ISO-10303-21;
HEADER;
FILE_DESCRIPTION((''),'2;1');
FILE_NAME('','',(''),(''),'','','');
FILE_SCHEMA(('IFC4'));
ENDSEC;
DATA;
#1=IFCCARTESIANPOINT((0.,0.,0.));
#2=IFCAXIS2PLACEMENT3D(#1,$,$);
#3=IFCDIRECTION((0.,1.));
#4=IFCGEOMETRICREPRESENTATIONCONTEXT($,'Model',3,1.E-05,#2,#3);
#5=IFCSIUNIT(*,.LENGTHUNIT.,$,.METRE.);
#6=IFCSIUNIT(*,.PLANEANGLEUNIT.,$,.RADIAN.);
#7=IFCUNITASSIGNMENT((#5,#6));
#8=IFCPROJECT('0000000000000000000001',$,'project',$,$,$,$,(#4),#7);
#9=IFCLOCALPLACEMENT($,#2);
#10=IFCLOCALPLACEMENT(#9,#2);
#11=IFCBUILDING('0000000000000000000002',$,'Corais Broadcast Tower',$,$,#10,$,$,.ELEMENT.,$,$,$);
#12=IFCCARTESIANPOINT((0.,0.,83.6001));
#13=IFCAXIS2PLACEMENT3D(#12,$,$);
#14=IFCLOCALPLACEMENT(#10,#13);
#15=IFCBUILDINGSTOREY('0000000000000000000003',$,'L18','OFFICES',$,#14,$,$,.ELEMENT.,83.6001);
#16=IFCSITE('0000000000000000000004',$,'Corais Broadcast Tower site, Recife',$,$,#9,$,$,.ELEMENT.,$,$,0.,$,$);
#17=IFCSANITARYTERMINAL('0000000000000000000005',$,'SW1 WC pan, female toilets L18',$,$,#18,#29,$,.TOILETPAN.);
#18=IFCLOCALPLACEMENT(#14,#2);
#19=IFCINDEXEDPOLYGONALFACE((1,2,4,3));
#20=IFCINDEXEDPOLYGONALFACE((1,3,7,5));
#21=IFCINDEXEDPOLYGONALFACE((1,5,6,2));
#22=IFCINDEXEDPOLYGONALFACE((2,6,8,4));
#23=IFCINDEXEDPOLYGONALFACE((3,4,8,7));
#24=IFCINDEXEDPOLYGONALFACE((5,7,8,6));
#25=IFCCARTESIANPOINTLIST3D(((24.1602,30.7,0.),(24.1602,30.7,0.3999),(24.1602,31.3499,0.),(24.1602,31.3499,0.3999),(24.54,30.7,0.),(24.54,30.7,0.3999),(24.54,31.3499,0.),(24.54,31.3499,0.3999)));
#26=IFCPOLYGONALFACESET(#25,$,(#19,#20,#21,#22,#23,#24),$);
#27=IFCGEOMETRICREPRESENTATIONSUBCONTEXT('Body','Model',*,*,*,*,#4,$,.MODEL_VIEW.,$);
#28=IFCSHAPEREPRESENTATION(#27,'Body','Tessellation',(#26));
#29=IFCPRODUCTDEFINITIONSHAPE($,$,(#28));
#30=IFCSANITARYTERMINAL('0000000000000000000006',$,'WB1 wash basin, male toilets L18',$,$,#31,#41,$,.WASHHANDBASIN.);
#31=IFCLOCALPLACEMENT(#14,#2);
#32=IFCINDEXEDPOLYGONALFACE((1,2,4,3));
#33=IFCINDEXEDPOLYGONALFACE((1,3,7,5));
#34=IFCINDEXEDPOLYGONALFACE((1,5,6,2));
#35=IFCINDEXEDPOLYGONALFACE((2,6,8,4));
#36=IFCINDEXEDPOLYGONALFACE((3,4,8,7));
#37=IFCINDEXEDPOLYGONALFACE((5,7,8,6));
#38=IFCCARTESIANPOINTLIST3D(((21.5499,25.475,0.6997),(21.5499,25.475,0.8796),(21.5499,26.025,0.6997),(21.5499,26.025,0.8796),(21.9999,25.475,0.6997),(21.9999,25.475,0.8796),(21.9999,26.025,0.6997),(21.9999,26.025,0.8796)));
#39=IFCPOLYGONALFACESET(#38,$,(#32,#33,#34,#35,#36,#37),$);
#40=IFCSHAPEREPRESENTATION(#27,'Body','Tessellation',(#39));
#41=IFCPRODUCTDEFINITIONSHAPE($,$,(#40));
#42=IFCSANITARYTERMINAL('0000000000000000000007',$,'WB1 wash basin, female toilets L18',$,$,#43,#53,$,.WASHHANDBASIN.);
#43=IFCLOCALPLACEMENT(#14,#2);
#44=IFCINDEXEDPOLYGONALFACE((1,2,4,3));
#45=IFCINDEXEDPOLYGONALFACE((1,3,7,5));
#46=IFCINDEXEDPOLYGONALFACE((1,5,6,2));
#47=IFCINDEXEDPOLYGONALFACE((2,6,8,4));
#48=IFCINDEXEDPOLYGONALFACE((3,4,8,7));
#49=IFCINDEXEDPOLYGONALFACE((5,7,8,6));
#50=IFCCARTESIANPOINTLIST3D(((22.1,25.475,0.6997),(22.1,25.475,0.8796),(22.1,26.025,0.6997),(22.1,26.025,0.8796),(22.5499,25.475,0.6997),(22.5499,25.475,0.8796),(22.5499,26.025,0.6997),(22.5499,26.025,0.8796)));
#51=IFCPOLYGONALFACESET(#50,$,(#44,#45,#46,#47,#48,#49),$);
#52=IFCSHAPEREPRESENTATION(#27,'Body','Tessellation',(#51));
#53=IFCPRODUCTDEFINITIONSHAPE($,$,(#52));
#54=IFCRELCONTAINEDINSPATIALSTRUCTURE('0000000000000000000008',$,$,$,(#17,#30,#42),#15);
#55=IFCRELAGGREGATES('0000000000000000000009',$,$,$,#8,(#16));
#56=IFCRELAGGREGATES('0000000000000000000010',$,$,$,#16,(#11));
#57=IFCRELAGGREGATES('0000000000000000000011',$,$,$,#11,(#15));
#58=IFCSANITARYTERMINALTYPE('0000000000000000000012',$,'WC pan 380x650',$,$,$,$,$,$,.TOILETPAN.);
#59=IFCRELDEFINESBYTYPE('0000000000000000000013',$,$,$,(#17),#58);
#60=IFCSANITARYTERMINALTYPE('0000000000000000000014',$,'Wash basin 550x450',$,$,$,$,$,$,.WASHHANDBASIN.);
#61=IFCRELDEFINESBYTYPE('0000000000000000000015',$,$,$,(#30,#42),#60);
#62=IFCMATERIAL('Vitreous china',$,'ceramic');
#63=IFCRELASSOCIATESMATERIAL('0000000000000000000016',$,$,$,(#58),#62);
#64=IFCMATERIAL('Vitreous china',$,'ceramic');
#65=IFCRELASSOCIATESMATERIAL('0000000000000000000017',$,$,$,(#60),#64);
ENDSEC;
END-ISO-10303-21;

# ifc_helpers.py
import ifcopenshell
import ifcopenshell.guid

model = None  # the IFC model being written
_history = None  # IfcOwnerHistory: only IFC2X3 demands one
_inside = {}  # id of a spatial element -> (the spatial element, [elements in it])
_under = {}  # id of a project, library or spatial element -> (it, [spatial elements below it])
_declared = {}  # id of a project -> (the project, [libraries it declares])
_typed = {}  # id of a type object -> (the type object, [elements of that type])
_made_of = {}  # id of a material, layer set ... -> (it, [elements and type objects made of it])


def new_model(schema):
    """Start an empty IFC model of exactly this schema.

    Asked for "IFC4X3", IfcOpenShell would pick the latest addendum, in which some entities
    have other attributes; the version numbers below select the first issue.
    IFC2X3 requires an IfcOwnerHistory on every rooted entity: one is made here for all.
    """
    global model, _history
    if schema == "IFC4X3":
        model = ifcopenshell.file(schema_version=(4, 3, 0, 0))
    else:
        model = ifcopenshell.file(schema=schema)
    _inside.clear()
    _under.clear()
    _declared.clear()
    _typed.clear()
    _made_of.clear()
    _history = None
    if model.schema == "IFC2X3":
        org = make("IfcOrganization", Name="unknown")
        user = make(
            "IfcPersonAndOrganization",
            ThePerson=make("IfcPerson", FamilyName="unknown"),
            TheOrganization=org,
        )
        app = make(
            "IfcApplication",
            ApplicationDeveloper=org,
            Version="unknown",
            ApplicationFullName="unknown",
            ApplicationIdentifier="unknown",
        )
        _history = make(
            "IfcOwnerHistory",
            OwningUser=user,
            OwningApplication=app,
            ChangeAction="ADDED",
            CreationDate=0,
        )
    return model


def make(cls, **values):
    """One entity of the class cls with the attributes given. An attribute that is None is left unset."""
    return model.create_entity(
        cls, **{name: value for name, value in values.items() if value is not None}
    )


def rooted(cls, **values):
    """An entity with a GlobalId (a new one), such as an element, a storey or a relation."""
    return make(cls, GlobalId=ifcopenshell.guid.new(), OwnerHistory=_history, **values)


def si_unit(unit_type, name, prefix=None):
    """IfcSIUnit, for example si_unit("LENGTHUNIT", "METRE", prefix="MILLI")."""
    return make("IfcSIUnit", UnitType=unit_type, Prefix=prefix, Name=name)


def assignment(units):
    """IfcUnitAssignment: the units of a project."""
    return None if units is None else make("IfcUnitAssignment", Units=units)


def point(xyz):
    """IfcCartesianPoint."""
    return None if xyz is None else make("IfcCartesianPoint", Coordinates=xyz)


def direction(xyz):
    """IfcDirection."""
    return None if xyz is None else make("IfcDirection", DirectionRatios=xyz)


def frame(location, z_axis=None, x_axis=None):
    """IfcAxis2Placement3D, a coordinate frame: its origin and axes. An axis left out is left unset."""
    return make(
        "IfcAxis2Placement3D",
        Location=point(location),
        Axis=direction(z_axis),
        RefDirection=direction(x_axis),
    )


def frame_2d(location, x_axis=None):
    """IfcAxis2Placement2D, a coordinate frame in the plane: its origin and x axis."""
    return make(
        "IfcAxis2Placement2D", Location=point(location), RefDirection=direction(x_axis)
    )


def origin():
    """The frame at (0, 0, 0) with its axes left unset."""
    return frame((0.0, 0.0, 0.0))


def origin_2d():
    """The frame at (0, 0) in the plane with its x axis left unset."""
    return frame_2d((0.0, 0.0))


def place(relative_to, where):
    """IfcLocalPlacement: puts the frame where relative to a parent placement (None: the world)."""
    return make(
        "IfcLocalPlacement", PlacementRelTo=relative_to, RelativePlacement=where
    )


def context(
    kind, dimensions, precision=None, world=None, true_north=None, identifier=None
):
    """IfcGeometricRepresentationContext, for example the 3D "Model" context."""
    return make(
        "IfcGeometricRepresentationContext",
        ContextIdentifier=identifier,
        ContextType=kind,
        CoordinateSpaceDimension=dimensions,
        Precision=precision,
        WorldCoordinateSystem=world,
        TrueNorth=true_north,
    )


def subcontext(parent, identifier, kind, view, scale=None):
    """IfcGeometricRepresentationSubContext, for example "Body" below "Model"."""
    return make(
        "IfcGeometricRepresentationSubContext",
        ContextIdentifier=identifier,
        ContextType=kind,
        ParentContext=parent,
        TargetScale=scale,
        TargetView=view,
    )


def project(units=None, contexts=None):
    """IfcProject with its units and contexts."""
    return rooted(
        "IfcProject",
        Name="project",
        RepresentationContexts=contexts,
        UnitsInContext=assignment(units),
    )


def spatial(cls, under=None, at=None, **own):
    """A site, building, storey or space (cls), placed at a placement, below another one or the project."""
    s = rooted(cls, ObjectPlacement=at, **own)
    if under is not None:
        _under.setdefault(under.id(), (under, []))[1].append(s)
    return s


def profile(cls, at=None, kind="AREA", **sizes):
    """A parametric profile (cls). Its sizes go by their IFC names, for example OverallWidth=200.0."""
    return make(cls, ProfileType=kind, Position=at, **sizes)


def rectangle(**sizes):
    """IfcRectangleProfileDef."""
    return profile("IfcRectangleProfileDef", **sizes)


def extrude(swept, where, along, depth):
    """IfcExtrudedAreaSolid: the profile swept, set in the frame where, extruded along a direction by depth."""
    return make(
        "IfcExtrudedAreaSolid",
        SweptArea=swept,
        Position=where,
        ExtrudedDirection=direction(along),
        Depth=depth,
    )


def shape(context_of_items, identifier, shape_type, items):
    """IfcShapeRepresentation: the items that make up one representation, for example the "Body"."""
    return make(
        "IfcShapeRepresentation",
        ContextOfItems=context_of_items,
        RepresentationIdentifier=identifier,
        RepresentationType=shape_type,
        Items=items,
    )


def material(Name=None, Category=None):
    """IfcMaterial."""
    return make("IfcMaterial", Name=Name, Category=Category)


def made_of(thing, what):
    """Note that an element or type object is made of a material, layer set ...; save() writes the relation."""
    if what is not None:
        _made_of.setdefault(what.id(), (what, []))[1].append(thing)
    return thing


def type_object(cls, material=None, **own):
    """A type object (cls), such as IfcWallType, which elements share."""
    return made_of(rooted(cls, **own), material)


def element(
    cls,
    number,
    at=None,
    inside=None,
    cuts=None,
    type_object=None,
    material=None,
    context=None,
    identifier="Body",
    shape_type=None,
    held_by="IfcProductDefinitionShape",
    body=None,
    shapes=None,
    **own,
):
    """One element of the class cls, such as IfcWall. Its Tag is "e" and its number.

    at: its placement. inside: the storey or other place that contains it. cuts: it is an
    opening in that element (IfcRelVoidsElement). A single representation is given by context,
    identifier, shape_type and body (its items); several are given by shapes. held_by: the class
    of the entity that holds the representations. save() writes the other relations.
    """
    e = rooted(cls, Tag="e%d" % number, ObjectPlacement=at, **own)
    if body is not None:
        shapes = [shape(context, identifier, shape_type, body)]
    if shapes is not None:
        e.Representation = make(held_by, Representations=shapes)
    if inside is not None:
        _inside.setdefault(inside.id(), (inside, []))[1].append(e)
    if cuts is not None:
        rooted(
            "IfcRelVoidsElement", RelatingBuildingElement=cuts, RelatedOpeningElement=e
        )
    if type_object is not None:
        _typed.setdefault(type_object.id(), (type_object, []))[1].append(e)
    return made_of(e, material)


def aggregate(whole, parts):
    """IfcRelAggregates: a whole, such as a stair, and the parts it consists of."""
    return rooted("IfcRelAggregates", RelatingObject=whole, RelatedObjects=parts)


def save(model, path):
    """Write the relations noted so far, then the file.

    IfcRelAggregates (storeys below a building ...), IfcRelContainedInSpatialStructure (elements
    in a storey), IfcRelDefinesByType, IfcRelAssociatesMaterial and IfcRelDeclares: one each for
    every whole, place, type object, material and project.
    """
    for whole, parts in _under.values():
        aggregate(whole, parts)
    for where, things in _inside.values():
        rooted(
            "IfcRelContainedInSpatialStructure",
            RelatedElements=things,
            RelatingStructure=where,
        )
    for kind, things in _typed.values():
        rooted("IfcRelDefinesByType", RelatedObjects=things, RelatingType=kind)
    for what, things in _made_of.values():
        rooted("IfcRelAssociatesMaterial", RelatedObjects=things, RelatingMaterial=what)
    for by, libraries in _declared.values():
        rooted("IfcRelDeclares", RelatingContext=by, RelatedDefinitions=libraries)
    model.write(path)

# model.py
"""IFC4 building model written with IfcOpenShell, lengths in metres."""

from ifc_helpers import new_model, si_unit, direction, frame, origin, origin_2d, place, context, subcontext, project, spatial, rectangle, extrude, material, type_object, element, save


model = new_model("IFC4")

# Units and contexts
model_context = context("Model", 3, precision=1e-05, world=origin(), true_north=direction((0.0, 1.0)))
body_context = subcontext(model_context, "Body", "Model", "MODEL_VIEW")
ifc_project = project(units=[si_unit("LENGTHUNIT", "METRE"), si_unit("PLANEANGLEUNIT", "RADIAN")], contexts=[model_context])

# Site, building, storey
site_placement = place(None, origin())
site = spatial("IfcSite", under=ifc_project, at=site_placement, Name="Corais Broadcast Tower site, Recife", CompositionType="ELEMENT", RefElevation=0.0)
building_placement = place(site_placement, origin())
building = spatial("IfcBuilding", under=site, at=building_placement, Name="Corais Broadcast Tower", CompositionType="ELEMENT")
storey_placement = place(building_placement, frame((0.0, 0.0, 83.6001)))
storey = spatial("IfcBuildingStorey", under=building, at=storey_placement, Name="L18", Description="OFFICES", CompositionType="ELEMENT", Elevation=83.6001)

# Sanitary terminals
ifc_material_1 = material(Name="Vitreous china", Category="ceramic")
sanitary_terminal_type_1 = type_object("IfcSanitaryTerminalType", Name="WC pan 380x650", PredefinedType="TOILETPAN", material=ifc_material_1)
for number, where, z_axis, x_axis, name in (
    (1, (24.3501, 31.0249, 0.0), (0.0, 0.0, 1.0), (1.0, 0.0, 0.0), "SW1 WC pan, female toilets L18"),
):
    element("IfcSanitaryTerminal", number, at=place(storey_placement, frame(where, z_axis=z_axis, x_axis=x_axis)), inside=storey, type_object=sanitary_terminal_type_1, Name=name, PredefinedType="TOILETPAN", context=body_context, shape_type="SweptSolid", body=[
        extrude(rectangle(XDim=0.3799, YDim=0.6499, at=origin_2d()), origin(), (0.0, 0.0, 1.0), 0.3999),
    ])
ifc_material_2 = material(Name="Vitreous china", Category="ceramic")
sanitary_terminal_type_2 = type_object("IfcSanitaryTerminalType", Name="Wash basin 550x450", PredefinedType="WASHHANDBASIN", material=ifc_material_2)
for number, where, z_axis, x_axis, name in (
    (2, (21.7749, 25.75, 0.6997), (0.0, 0.0, 1.0), (1.0, 0.0, 0.0), "WB1 wash basin, male toilets L18"),
    (3, (22.325, 25.75, 0.6997), (0.0, 0.0, 1.0), (1.0, 0.0, 0.0), "WB1 wash basin, female toilets L18"),
):
    element("IfcSanitaryTerminal", number, at=place(storey_placement, frame(where, z_axis=z_axis, x_axis=x_axis)), inside=storey, type_object=sanitary_terminal_type_2, Name=name, PredefinedType="WASHHANDBASIN", context=body_context, shape_type="SweptSolid", body=[
        extrude(rectangle(XDim=0.45, YDim=0.55, at=origin_2d()), origin(), (0.0, 0.0, 1.0), 0.1799),
    ])

save(model, "model.ifc")
